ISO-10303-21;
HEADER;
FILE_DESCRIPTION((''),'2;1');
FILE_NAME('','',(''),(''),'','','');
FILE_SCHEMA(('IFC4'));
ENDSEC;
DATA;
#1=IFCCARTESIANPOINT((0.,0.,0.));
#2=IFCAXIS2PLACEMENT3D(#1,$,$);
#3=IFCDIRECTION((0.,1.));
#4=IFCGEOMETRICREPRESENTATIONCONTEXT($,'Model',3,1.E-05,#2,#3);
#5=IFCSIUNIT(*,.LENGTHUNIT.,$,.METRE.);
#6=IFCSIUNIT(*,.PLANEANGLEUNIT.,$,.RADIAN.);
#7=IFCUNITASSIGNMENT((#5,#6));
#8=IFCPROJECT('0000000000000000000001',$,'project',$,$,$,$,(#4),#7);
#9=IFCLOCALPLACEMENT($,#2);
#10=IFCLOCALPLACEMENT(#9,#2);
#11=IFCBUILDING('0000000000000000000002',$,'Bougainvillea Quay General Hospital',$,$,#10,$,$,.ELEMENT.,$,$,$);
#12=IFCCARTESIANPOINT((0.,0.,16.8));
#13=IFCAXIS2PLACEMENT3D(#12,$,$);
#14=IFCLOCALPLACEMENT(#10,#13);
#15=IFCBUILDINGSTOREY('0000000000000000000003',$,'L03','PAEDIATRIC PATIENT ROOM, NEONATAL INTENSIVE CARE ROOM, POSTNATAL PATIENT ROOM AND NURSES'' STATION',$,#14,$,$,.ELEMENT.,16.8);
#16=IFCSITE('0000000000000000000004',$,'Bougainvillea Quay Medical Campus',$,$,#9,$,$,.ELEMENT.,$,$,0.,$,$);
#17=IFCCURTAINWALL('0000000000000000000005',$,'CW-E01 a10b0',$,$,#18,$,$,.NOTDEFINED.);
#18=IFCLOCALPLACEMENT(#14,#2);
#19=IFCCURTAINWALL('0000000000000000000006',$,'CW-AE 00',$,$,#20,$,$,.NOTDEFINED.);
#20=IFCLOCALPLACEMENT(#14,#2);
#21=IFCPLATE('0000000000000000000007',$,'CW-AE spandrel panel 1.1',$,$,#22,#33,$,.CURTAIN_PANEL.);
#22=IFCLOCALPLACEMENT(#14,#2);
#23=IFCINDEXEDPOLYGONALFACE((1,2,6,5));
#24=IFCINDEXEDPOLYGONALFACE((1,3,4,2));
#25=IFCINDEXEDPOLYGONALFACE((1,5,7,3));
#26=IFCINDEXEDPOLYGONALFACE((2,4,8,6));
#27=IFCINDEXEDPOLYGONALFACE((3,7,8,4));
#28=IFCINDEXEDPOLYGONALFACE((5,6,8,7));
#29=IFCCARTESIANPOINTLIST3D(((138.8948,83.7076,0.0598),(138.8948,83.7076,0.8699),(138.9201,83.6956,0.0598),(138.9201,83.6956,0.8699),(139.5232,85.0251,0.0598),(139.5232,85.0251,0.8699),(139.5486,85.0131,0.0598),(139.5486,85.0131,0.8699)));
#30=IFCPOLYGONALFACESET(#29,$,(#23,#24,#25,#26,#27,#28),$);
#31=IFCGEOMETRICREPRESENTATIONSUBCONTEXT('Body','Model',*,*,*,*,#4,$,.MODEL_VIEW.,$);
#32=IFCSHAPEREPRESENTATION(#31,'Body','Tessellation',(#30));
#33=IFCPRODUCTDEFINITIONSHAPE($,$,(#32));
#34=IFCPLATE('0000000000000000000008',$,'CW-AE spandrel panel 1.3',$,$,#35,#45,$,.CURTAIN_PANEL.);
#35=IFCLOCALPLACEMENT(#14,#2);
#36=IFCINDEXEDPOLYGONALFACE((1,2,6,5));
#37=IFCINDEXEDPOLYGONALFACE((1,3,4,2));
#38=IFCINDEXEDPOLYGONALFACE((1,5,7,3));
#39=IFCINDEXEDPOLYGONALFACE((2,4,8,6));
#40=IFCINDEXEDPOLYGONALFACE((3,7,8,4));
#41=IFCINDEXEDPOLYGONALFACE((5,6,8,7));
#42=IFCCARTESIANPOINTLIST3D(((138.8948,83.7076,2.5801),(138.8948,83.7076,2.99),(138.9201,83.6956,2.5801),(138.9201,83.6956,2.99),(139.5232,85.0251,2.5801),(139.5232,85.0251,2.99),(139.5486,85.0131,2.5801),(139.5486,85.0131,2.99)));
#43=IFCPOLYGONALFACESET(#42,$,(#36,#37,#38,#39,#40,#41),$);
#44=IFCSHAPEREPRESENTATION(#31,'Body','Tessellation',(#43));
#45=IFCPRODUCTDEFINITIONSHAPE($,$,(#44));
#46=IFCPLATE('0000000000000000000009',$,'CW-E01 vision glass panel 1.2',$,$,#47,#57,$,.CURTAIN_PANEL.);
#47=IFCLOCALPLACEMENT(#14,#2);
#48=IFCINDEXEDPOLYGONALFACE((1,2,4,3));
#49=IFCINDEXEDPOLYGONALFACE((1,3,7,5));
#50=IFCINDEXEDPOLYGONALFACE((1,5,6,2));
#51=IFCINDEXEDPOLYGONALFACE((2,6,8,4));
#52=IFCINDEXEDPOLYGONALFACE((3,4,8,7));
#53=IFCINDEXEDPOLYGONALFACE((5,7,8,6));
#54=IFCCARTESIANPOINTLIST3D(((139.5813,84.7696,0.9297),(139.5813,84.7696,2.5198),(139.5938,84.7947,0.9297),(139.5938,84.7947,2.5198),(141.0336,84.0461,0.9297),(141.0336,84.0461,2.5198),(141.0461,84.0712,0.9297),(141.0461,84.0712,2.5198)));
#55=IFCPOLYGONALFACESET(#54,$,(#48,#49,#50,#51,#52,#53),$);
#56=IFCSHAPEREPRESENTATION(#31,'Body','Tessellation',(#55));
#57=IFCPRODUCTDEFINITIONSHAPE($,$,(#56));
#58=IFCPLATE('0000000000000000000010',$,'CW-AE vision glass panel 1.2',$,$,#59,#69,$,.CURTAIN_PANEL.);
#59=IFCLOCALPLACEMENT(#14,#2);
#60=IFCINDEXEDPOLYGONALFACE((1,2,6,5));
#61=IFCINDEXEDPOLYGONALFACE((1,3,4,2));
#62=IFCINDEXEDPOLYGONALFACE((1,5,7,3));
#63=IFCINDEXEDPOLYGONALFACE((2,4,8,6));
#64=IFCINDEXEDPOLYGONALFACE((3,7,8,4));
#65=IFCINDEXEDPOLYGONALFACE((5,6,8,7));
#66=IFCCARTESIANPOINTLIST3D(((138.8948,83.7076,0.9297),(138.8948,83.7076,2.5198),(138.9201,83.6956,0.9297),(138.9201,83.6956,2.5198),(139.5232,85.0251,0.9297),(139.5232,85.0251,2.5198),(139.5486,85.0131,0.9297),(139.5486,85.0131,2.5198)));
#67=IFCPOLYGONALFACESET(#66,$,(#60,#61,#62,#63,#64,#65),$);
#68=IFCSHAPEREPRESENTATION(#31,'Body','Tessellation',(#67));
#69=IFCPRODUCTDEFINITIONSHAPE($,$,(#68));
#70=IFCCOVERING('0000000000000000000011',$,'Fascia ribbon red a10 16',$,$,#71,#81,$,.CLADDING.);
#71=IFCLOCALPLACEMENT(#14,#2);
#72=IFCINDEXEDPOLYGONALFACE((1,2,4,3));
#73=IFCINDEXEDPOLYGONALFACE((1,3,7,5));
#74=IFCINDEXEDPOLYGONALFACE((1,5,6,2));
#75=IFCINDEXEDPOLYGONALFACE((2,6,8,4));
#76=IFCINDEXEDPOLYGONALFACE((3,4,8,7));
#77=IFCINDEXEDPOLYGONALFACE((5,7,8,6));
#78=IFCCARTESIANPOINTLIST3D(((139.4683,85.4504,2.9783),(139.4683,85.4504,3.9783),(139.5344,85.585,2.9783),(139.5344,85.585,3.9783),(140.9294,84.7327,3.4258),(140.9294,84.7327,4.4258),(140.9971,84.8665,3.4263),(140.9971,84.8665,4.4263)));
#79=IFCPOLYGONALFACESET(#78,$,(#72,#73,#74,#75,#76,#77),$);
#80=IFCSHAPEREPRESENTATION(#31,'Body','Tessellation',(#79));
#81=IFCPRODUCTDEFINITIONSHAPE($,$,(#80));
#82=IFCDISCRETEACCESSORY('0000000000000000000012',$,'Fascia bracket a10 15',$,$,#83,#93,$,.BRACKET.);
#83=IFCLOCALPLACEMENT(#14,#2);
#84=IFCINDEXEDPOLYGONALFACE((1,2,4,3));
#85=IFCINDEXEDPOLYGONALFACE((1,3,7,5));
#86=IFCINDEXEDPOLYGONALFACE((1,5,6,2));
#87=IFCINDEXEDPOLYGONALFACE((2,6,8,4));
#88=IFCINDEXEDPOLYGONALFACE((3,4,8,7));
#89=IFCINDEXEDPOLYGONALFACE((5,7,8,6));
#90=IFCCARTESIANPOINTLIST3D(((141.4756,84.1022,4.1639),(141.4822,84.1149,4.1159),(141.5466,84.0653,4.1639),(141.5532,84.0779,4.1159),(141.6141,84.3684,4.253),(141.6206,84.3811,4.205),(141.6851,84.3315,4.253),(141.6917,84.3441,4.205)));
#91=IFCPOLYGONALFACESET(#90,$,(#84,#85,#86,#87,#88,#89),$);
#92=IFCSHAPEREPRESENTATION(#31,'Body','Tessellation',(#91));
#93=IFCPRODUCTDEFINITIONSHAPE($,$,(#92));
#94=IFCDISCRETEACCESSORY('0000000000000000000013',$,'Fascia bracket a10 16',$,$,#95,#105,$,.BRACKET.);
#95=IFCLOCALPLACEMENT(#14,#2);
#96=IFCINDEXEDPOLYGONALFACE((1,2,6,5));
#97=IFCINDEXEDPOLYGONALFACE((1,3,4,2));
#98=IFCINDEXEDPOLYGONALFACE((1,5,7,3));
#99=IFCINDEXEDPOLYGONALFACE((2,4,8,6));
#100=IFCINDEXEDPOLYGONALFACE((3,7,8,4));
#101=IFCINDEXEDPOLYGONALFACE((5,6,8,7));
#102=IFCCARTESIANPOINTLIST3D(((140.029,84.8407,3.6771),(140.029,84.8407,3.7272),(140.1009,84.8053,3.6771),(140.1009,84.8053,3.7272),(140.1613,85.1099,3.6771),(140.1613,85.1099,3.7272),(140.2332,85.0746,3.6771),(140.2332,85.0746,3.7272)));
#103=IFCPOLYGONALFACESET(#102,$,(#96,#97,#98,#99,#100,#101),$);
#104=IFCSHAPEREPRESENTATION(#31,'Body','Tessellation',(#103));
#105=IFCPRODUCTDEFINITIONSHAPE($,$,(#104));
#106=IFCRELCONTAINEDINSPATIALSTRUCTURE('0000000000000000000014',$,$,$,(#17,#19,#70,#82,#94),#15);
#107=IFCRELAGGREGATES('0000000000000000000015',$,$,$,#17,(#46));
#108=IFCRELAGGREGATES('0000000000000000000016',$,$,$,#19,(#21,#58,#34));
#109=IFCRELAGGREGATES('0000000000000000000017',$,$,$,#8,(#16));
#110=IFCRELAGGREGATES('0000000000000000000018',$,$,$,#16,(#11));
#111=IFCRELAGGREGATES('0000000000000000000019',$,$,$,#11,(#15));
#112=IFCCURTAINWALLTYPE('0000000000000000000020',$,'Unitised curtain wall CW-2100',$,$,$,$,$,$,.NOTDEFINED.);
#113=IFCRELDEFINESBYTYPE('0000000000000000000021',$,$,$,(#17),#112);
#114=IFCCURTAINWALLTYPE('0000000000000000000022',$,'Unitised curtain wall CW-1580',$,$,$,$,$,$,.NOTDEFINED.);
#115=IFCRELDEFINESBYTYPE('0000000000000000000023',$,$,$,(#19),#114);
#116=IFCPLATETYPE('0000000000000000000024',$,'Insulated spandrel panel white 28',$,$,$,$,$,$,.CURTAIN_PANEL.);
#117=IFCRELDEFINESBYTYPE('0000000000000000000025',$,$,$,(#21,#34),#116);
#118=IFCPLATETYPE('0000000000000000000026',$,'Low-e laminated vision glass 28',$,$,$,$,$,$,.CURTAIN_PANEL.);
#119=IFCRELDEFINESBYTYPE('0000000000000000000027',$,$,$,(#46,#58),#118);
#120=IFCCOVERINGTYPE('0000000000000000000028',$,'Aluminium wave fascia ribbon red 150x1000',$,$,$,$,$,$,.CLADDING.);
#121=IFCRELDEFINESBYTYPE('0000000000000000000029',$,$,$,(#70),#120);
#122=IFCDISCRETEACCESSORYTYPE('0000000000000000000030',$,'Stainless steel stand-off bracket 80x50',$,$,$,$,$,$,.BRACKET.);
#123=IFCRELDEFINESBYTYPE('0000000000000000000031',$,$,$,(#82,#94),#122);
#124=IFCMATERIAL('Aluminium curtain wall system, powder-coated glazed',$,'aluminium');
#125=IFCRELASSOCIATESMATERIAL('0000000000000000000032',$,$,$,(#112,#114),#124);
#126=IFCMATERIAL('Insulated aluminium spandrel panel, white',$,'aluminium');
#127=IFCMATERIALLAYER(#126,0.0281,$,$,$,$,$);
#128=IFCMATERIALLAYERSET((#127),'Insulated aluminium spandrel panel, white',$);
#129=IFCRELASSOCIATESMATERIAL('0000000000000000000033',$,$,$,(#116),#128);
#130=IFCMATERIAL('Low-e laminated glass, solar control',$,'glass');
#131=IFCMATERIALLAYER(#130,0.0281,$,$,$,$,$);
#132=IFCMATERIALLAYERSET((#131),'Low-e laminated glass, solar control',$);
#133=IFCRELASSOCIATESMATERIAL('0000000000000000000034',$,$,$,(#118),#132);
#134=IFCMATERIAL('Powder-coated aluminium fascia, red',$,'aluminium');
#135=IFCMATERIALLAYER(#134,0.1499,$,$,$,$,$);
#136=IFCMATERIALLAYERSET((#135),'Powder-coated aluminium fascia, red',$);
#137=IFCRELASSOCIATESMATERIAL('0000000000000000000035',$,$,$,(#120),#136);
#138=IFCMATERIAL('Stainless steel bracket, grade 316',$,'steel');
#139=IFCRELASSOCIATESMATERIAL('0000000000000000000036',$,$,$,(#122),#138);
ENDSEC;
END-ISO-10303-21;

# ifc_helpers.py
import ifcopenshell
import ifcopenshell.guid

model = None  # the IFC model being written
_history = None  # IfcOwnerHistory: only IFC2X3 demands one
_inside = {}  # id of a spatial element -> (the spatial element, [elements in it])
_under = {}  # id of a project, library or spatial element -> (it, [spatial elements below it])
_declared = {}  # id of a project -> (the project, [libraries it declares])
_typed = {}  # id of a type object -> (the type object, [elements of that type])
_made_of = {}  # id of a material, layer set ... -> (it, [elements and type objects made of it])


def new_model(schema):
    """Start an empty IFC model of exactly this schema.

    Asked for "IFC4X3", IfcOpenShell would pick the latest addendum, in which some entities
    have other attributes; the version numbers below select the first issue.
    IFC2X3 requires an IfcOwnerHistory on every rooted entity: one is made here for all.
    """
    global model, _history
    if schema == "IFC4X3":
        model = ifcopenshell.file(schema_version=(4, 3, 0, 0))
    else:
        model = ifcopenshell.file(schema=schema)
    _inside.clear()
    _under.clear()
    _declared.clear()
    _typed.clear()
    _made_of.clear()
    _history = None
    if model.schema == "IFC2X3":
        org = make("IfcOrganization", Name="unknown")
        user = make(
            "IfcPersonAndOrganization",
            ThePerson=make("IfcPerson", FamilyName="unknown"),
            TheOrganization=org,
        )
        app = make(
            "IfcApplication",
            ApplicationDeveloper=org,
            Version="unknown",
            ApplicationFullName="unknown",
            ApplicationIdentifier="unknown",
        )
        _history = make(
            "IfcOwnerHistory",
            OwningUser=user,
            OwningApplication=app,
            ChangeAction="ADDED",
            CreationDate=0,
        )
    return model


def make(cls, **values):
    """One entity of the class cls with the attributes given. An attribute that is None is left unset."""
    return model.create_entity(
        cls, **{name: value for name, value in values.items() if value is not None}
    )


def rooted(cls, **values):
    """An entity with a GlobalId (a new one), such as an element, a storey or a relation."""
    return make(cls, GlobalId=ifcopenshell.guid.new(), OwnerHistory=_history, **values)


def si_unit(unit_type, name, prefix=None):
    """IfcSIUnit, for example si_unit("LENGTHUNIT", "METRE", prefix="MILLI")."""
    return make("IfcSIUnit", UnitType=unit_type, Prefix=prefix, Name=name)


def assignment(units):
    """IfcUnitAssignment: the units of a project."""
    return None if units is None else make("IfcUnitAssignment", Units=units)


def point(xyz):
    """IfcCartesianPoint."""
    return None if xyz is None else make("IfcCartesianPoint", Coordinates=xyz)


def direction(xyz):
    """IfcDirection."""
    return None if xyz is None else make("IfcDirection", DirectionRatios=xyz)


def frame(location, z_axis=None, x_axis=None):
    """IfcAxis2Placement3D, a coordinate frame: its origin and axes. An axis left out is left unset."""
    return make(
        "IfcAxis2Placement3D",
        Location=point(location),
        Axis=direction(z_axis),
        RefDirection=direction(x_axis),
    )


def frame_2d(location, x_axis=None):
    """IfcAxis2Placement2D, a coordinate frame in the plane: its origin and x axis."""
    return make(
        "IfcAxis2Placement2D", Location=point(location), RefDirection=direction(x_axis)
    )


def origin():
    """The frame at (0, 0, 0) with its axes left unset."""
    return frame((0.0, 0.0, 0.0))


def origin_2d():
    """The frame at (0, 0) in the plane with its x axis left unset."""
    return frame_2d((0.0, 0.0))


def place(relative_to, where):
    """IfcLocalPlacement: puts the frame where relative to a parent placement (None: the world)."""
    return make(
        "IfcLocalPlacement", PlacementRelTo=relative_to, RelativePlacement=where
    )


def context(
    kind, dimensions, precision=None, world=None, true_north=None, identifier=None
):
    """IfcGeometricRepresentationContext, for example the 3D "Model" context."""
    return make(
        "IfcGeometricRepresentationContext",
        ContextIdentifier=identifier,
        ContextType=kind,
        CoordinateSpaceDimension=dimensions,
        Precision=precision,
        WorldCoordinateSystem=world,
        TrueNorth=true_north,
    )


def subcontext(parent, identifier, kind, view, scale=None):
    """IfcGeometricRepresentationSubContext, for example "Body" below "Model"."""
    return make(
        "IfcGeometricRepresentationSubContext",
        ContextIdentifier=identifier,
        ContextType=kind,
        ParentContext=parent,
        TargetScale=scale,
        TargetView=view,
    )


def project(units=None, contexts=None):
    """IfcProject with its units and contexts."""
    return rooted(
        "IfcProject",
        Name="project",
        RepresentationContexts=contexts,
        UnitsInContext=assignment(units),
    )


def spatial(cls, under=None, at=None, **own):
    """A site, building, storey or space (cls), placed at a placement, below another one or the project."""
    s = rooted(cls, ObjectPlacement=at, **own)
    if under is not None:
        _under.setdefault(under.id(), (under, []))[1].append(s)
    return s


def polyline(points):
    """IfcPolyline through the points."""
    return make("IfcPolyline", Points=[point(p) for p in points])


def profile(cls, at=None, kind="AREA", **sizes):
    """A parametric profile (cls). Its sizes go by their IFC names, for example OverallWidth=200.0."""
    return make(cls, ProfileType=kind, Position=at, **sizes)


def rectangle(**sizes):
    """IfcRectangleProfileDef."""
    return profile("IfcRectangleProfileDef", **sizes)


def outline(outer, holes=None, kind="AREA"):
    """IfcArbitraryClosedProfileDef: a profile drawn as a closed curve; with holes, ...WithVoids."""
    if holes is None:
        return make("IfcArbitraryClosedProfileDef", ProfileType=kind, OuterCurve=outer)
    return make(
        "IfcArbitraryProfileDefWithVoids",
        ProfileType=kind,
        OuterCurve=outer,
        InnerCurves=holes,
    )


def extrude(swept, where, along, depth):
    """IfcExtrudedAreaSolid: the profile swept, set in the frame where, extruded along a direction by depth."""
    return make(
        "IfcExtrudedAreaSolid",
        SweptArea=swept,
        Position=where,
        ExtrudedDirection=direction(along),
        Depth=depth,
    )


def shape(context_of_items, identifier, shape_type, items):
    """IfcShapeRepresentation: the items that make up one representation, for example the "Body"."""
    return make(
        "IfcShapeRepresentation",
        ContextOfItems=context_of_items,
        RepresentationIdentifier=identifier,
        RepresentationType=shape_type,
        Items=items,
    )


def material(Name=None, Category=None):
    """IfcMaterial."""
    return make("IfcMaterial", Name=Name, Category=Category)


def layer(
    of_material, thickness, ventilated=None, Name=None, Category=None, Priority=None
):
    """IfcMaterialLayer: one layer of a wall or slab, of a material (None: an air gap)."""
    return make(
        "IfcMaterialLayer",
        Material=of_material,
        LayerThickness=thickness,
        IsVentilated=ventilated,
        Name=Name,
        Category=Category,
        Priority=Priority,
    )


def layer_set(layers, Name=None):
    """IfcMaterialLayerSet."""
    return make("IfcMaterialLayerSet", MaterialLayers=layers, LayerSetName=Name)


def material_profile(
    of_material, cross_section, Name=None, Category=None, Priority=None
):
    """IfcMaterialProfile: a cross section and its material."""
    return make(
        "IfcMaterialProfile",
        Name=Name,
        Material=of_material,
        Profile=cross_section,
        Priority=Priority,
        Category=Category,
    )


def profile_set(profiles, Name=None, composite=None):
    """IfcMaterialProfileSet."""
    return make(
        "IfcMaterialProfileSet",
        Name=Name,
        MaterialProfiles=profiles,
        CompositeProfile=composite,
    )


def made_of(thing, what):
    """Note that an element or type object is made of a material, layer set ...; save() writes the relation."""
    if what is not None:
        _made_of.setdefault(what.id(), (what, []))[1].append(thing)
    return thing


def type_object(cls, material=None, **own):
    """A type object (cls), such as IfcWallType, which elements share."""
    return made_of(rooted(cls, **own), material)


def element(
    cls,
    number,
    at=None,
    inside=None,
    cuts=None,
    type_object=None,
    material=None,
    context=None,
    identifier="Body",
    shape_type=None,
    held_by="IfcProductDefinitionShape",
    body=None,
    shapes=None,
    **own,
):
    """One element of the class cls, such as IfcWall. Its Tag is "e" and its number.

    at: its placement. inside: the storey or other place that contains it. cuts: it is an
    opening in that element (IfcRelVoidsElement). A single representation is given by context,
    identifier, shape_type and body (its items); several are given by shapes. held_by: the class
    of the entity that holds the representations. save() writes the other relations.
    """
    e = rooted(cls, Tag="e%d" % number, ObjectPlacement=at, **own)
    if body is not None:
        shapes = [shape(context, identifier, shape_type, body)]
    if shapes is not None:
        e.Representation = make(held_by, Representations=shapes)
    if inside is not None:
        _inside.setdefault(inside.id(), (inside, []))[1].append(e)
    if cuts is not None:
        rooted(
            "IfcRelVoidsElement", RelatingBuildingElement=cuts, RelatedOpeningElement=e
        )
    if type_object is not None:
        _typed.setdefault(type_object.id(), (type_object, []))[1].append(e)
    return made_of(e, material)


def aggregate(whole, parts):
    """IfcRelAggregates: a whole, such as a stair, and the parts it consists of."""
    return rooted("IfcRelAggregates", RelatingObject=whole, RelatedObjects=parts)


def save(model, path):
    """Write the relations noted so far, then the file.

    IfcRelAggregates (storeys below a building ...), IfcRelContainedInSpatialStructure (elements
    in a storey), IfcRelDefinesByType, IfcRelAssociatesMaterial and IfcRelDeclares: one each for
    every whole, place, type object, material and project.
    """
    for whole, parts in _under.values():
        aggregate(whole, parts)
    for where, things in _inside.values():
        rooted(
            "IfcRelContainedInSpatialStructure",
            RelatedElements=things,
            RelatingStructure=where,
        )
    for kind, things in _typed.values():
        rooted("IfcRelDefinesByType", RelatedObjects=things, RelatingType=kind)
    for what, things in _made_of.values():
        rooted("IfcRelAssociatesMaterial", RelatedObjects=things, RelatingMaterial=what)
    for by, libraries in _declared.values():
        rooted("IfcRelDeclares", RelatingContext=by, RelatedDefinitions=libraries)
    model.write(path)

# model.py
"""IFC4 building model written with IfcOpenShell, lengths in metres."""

from ifc_helpers import new_model, si_unit, direction, frame, origin, origin_2d, place, context, subcontext, project, spatial, polyline, rectangle, outline, extrude, material, layer, layer_set, material_profile, profile_set, type_object, element, aggregate, save


model = new_model("IFC4")

# Units and contexts
model_context = context("Model", 3, precision=1e-05, world=origin(), true_north=direction((0.0, 1.0)))
body_context = subcontext(model_context, "Body", "Model", "MODEL_VIEW")
ifc_project = project(units=[si_unit("LENGTHUNIT", "METRE"), si_unit("PLANEANGLEUNIT", "RADIAN")], contexts=[model_context])

# Site, building, storey
site_placement = place(None, origin())
site = spatial("IfcSite", under=ifc_project, at=site_placement, Name="Bougainvillea Quay Medical Campus", CompositionType="ELEMENT", RefElevation=0.0)
building_placement = place(site_placement, origin())
building = spatial("IfcBuilding", under=site, at=building_placement, Name="Bougainvillea Quay General Hospital", CompositionType="ELEMENT")
storey_placement = place(building_placement, frame((0.0, 0.0, 16.8)))
storey = spatial("IfcBuildingStorey", under=building, at=storey_placement, Name="L03", Description="PAEDIATRIC PATIENT ROOM, NEONATAL INTENSIVE CARE ROOM, POSTNATAL PATIENT ROOM AND NURSES' STATION", CompositionType="ELEMENT", Elevation=16.8)

# Curtain wall
ifc_material_1 = material(Name="Aluminium curtain wall system, powder-coated glazed", Category="aluminium")
curtain_wall_type_1 = type_object("IfcCurtainWallType", Name="Unitised curtain wall CW-2100", PredefinedType="NOTDEFINED", material=ifc_material_1)
curtain_wall_1_placement = place(storey_placement, origin())
curtain_wall_1 = element("IfcCurtainWall", 1, at=curtain_wall_1_placement, inside=storey, type_object=curtain_wall_type_1, Name="CW-E01 a10b0", PredefinedType="NOTDEFINED")

# Curtain wall
curtain_wall_type_2 = type_object("IfcCurtainWallType", Name="Unitised curtain wall CW-1580", PredefinedType="NOTDEFINED", material=ifc_material_1)
curtain_wall_2_placement = place(storey_placement, origin())
curtain_wall_2 = element("IfcCurtainWall", 2, at=curtain_wall_2_placement, inside=storey, type_object=curtain_wall_type_2, Name="CW-AE 00", PredefinedType="NOTDEFINED")

# Plates
ifc_material_2 = material(Name="Insulated aluminium spandrel panel, white", Category="aluminium")
ifc_layer_1 = layer(ifc_material_2, 0.0281)
ifc_layer_set_1 = layer_set([ifc_layer_1], Name="Insulated aluminium spandrel panel, white")
plate_type_1 = type_object("IfcPlateType", Name="Insulated spandrel panel white 28", PredefinedType="CURTAIN_PANEL", material=ifc_layer_set_1)
plate_1_placement = place(storey_placement, frame((139.2217, 84.3604, 0.0598), z_axis=(0.0, 0.0, 1.0), x_axis=(-0.430525, -0.902578, 0.0)))
plate_1 = element("IfcPlate", 3, at=plate_1_placement, type_object=plate_type_1, Name="CW-AE spandrel panel 1.1", PredefinedType="CURTAIN_PANEL", context=body_context, shape_type="SweptSolid", body=[
    extrude(rectangle(XDim=1.4597, YDim=0.0281, at=origin_2d()), origin(), (0.0, 0.0, 1.0), 0.8101),
])
plate_2_placement = place(storey_placement, frame((139.2217, 84.3604, 2.5801), z_axis=(0.0, 0.0, 1.0), x_axis=(-0.430525, -0.902578, 0.0)))
plate_2 = element("IfcPlate", 4, at=plate_2_placement, type_object=plate_type_1, Name="CW-AE spandrel panel 1.3", PredefinedType="CURTAIN_PANEL", context=body_context, shape_type="SweptSolid", body=[
    extrude(rectangle(XDim=1.4597, YDim=0.0281, at=origin_2d()), origin(), (0.0, 0.0, 1.0), 0.4099),
])
ifc_material_3 = material(Name="Low-e laminated glass, solar control", Category="glass")
ifc_layer_2 = layer(ifc_material_3, 0.0281)
ifc_layer_set_2 = layer_set([ifc_layer_2], Name="Low-e laminated glass, solar control")
plate_type_2 = type_object("IfcPlateType", Name="Low-e laminated vision glass 28", PredefinedType="CURTAIN_PANEL", material=ifc_layer_set_2)
plate_3_placement = place(storey_placement, frame((140.3137, 84.4204, 0.9297), z_axis=(0.0, 0.0, 1.0), x_axis=(0.895076, -0.445914, 0.0)))
plate_3 = element("IfcPlate", 5, at=plate_3_placement, type_object=plate_type_2, Name="CW-E01 vision glass panel 1.2", PredefinedType="CURTAIN_PANEL", context=body_context, shape_type="SweptSolid", body=[
    extrude(rectangle(XDim=1.6226, YDim=0.0281, at=origin_2d()), origin(), (0.0, 0.0, 1.0), 1.5901),
])
aggregate(curtain_wall_1, [plate_3])
plate_4_placement = place(storey_placement, frame((139.2217, 84.3604, 0.9297), z_axis=(0.0, 0.0, 1.0), x_axis=(-0.430525, -0.902578, 0.0)))
plate_4 = element("IfcPlate", 6, at=plate_4_placement, type_object=plate_type_2, Name="CW-AE vision glass panel 1.2", PredefinedType="CURTAIN_PANEL", context=body_context, shape_type="SweptSolid", body=[
    extrude(rectangle(XDim=1.4597, YDim=0.0281, at=origin_2d()), origin(), (0.0, 0.0, 1.0), 1.5901),
])
aggregate(curtain_wall_2, [plate_1, plate_4, plate_2])

# Covering
ifc_material_4 = material(Name="Powder-coated aluminium fascia, red", Category="aluminium")
ifc_layer_3 = layer(ifc_material_4, 0.1499)
ifc_layer_set_3 = layer_set([ifc_layer_3], Name="Powder-coated aluminium fascia, red")
covering_type = type_object("IfcCoveringType", Name="Aluminium wave fascia ribbon red 150x1000", PredefinedType="CLADDING", material=ifc_layer_set_3)
covering_placement = place(storey_placement, frame((140.9294, 84.7327, 3.4258), z_axis=(-0.23791, 0.116876, 0.96423), x_axis=(-0.865448, 0.425133, -0.265068)))
element("IfcCovering", 7, at=covering_placement, inside=storey, type_object=covering_type, Name="Fascia ribbon red a10 16", PredefinedType="CLADDING", context=body_context, shape_type="SweptSolid", body=[
    extrude(outline(polyline([(0.0, 0.0), (1.6883, 0.0), (1.6883, -0.1499), (-0.0018, -0.1499), (0.0, 0.0)])), origin(), (-0.265068, 0.000006, 0.96423), 1.0),
])

# Discrete accessories
ifc_material_5 = material(Name="Stainless steel bracket, grade 316", Category="steel")
ifc_material_profile_1 = material_profile(ifc_material_5, rectangle(XDim=0.0801, YDim=0.05, at=origin_2d()))
ifc_profile_set_1 = profile_set([ifc_material_profile_1], Name="Stainless steel bracket, grade 316")
discrete_accessory_type = type_object("IfcDiscreteAccessoryType", Name="Stainless steel stand-off bracket 80x50", PredefinedType="BRACKET", material=ifc_profile_set_1)
discrete_accessory_1_placement = place(storey_placement, frame((141.5144, 84.0901, 4.1399), z_axis=(0.442373, 0.850418, 0.284773), x_axis=(-0.88715, 0.461481, 0.0)))
element("IfcDiscreteAccessory", 8, at=discrete_accessory_1_placement, inside=storey, type_object=discrete_accessory_type, Name="Fascia bracket a10 15", PredefinedType="BRACKET", context=body_context, shape_type="SweptSolid", body=[
    extrude(rectangle(XDim=0.0801, YDim=0.05, at=origin_2d()), origin(), (0.0, 0.0, 1.0), 0.313),
])
discrete_accessory_2_placement = place(storey_placement, frame((140.0649, 84.823, 3.7021), z_axis=(0.441019, 0.897498, 0.0), x_axis=(-0.897498, 0.441019, 0.0)))
element("IfcDiscreteAccessory", 9, at=discrete_accessory_2_placement, inside=storey, type_object=discrete_accessory_type, Name="Fascia bracket a10 16", PredefinedType="BRACKET", context=body_context, shape_type="SweptSolid", body=[
    extrude(rectangle(XDim=0.0801, YDim=0.05, at=origin_2d()), origin(), (0.0, 0.0, 1.0), 0.3),
])

save(model, "model.ifc")
